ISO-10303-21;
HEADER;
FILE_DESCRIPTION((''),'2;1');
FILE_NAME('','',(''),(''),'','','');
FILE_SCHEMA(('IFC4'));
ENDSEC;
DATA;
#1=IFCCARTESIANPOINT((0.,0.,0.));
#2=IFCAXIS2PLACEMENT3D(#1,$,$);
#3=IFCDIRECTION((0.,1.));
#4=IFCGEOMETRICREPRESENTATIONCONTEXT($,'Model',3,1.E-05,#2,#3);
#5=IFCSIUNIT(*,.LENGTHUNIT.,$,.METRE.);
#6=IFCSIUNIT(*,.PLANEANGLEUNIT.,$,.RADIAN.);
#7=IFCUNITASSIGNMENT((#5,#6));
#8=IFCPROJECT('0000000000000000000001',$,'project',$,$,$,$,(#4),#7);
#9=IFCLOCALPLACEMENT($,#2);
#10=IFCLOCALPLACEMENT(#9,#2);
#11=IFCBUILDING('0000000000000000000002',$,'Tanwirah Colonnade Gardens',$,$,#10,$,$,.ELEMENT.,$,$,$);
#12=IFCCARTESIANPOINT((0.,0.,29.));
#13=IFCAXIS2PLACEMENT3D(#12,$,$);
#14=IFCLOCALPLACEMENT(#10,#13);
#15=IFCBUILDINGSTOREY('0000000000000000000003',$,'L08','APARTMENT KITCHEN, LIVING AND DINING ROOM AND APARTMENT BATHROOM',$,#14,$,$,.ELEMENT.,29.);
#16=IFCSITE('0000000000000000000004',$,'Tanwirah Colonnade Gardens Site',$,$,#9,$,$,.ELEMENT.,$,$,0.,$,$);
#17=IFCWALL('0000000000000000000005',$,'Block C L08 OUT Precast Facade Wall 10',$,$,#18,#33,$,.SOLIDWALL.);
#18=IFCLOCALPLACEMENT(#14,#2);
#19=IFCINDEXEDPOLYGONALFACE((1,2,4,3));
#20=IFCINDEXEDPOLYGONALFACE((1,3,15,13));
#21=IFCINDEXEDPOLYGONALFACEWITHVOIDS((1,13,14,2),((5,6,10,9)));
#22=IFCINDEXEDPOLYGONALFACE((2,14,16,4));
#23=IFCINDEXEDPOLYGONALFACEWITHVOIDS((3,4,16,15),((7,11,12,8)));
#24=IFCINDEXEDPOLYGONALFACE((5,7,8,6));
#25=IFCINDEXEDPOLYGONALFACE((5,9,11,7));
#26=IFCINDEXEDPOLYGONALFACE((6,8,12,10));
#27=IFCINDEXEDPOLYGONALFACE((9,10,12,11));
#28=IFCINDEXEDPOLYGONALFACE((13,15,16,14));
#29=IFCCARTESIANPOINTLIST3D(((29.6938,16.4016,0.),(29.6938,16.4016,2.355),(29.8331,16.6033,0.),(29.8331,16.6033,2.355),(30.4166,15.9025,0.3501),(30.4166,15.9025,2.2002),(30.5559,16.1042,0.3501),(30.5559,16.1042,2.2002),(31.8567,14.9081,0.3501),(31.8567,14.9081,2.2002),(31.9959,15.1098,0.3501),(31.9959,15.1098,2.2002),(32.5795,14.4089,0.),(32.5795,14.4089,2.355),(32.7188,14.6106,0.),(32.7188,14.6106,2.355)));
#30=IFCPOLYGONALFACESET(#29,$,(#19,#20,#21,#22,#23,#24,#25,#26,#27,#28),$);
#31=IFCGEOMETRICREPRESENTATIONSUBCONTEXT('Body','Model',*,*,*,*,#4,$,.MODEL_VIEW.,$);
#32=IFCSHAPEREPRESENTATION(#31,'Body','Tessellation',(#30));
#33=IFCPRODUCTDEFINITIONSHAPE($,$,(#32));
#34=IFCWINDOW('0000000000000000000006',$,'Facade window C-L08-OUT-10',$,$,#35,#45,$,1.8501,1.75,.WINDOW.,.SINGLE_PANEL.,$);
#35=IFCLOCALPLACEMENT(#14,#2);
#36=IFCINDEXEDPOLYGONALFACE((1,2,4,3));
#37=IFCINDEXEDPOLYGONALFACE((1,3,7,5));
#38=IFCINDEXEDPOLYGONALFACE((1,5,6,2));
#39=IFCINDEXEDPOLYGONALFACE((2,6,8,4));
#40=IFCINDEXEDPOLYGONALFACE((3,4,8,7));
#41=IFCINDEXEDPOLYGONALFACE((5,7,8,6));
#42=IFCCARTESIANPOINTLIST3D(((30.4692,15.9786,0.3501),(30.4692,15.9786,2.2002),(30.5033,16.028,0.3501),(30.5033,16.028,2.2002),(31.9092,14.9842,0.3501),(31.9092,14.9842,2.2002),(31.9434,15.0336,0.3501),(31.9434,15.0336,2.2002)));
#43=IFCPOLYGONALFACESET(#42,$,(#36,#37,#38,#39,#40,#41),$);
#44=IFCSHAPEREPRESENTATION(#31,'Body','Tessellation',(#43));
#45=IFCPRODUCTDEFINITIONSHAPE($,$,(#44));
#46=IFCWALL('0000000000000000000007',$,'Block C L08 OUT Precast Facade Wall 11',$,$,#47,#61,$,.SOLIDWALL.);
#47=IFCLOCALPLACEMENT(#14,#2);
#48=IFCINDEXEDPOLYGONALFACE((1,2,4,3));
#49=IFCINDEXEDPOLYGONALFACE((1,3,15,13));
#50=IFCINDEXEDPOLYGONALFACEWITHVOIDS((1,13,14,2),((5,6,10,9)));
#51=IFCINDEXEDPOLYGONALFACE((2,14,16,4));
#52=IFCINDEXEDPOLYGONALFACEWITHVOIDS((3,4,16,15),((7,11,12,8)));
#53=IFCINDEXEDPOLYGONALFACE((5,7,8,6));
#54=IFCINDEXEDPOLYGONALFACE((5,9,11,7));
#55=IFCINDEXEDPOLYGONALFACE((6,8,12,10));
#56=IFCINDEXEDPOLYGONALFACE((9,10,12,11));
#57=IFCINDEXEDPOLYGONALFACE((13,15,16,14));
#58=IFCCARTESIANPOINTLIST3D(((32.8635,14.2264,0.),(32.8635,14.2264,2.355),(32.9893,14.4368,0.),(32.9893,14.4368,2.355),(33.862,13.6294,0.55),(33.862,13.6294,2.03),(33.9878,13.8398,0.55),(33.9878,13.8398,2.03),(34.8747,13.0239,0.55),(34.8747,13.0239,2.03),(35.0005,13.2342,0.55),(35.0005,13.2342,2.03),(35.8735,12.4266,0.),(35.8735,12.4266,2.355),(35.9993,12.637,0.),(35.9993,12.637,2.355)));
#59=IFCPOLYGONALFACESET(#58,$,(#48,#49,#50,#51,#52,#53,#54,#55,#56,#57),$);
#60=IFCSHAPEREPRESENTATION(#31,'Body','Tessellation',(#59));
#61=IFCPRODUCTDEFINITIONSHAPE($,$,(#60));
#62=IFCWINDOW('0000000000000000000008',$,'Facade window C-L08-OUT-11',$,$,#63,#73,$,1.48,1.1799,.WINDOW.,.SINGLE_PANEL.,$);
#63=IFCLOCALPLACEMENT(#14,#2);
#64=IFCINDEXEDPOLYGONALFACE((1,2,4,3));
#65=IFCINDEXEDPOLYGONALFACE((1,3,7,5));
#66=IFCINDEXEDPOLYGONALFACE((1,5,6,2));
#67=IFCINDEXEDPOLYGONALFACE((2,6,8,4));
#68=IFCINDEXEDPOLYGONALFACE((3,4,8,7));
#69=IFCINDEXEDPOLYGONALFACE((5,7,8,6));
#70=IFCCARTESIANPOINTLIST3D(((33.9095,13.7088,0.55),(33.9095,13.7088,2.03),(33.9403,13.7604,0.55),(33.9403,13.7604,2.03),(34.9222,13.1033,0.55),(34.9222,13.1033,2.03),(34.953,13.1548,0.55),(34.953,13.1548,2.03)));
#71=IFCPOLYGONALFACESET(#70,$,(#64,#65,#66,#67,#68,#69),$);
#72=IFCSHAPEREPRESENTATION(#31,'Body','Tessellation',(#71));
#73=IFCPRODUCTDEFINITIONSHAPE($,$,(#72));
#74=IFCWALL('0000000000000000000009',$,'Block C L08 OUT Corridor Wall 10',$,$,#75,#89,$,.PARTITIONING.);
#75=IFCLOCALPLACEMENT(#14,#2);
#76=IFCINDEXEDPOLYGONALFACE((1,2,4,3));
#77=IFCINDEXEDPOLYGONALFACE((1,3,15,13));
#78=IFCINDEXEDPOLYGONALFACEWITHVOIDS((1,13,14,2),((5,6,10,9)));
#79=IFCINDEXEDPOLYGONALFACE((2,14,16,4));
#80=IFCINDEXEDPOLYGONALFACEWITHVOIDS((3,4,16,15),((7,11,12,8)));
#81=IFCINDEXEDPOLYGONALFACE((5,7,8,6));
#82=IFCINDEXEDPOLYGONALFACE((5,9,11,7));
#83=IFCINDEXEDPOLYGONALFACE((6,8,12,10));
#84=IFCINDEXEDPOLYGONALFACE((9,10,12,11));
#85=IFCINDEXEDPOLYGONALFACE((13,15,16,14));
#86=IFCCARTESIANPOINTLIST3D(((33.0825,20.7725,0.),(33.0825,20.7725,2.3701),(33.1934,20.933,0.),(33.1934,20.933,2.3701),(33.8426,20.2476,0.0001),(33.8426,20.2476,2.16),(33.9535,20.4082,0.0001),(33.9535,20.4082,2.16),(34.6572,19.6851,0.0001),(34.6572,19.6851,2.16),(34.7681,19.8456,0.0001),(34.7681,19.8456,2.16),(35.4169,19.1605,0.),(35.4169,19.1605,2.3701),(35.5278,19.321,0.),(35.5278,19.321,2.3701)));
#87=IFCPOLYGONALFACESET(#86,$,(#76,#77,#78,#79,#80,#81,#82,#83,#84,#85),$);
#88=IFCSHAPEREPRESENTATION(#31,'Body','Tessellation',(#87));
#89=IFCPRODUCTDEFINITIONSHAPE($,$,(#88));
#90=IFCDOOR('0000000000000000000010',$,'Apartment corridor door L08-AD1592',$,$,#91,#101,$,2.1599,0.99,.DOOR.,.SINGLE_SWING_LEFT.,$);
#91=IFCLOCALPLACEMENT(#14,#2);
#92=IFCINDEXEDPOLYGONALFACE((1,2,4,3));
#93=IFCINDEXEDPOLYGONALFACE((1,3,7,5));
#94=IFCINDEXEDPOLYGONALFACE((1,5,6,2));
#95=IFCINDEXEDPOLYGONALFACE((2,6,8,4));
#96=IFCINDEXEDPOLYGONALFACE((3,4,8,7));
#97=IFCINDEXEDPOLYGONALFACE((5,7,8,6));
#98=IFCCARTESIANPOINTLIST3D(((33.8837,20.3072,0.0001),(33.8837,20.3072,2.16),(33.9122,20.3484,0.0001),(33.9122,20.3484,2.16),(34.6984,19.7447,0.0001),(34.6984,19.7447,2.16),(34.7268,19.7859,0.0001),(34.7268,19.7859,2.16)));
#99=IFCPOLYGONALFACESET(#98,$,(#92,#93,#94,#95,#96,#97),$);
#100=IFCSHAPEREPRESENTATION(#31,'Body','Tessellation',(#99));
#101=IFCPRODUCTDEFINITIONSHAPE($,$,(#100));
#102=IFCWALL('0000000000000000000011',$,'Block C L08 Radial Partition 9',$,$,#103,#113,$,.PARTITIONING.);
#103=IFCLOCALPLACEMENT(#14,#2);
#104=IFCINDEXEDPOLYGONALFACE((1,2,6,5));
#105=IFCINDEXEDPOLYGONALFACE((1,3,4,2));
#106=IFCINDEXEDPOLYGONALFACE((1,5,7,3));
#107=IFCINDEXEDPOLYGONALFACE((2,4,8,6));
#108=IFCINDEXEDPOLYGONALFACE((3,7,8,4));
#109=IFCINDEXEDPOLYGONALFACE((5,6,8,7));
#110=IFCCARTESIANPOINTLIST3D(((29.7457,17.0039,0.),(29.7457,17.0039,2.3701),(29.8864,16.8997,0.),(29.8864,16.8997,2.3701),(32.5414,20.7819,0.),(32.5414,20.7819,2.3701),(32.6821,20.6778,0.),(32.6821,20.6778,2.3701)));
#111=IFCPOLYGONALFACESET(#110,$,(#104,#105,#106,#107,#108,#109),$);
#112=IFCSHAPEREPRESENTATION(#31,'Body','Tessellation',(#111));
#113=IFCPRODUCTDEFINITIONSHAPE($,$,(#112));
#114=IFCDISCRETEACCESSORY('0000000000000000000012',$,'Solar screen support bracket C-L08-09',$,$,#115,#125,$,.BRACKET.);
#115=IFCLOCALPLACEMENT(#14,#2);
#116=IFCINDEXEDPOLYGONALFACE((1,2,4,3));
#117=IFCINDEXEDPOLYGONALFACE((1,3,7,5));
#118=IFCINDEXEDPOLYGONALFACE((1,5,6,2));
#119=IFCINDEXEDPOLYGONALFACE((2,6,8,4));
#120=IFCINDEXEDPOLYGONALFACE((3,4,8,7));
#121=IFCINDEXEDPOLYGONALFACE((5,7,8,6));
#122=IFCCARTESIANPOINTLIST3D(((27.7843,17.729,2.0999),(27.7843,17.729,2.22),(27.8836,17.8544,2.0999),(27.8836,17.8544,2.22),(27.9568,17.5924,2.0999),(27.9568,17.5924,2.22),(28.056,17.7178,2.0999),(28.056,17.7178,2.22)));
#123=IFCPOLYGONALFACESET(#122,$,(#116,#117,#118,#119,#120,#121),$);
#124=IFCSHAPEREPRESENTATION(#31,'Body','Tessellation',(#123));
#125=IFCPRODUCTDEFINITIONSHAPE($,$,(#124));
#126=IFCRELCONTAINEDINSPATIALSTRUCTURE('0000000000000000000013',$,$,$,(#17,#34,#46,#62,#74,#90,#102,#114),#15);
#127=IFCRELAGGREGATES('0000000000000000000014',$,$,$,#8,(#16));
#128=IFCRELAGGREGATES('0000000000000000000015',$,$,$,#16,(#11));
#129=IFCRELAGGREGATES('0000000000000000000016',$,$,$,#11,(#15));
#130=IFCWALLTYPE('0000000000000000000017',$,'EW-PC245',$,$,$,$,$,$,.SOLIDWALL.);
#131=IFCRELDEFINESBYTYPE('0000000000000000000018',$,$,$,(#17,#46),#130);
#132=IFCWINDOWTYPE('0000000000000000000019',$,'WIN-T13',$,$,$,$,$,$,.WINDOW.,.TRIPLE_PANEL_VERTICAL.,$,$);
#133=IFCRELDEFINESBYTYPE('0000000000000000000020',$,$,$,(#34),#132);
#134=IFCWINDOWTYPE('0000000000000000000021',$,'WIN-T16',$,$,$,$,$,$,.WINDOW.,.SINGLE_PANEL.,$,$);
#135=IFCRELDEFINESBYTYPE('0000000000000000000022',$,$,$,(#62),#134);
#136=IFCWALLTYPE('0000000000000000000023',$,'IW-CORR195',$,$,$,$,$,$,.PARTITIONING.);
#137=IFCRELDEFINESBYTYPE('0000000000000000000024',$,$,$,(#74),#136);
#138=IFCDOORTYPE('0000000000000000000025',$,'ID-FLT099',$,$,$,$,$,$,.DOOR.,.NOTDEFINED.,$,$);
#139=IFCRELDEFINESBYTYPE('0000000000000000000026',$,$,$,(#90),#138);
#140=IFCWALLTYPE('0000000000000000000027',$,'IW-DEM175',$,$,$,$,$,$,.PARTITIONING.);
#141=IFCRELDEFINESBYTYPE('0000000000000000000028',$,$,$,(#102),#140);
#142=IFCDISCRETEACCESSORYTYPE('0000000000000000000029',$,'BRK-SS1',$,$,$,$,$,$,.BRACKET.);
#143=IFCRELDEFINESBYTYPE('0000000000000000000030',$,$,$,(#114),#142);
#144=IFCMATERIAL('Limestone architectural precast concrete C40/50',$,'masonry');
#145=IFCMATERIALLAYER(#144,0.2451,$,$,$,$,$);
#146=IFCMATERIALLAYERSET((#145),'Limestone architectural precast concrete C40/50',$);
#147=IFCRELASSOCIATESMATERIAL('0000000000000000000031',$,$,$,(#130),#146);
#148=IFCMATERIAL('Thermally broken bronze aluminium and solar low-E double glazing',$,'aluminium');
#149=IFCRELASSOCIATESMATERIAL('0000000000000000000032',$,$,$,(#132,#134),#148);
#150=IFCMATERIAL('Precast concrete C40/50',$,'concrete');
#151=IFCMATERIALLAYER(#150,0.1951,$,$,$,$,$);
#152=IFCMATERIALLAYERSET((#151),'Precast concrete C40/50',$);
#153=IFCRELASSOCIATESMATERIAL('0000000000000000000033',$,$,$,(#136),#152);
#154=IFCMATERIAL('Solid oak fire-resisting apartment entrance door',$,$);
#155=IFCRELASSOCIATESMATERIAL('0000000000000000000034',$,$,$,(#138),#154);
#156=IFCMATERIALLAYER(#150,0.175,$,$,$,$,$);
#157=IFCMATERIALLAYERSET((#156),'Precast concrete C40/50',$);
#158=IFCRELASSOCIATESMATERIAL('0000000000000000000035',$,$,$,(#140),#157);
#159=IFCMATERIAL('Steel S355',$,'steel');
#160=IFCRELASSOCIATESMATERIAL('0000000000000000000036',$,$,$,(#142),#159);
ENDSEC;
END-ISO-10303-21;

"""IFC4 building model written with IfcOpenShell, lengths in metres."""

from ifc_helpers import new_model, si_unit, direction, frame, frame_2d, origin, origin_2d, place, context, subcontext, project, spatial, rectangle, extrude, material, layer, layer_set, type_object, element, fill, save


model = new_model("IFC4")

# Units and contexts
model_context = context("Model", 3, precision=1e-05, world=origin(), true_north=direction((0.0, 1.0)))
body_context = subcontext(model_context, "Body", "Model", "MODEL_VIEW")
ifc_project = project(units=[si_unit("LENGTHUNIT", "METRE"), si_unit("PLANEANGLEUNIT", "RADIAN")], contexts=[model_context])

# Site, building, storey
site_placement = place(None, origin())
site = spatial("IfcSite", under=ifc_project, at=site_placement, Name="Tanwirah Colonnade Gardens Site", CompositionType="ELEMENT", RefElevation=0.0)
building_placement = place(site_placement, origin())
building = spatial("IfcBuilding", under=site, at=building_placement, Name="Tanwirah Colonnade Gardens", CompositionType="ELEMENT")
storey_placement = place(building_placement, frame((0.0, 0.0, 29.0)))
storey = spatial("IfcBuildingStorey", under=building, at=storey_placement, Name="L08", Description="APARTMENT KITCHEN, LIVING AND DINING ROOM AND APARTMENT BATHROOM", CompositionType="ELEMENT", Elevation=29.0)

# Shared definitions
ifc_material_1 = material(Name="Precast concrete C40/50", Category="concrete")

# Walls, openings, windows
ifc_material_2 = material(Name="Limestone architectural precast concrete C40/50", Category="masonry")
ifc_layer_1 = layer(ifc_material_2, 0.2451)
ifc_layer_set_1 = layer_set([ifc_layer_1], Name="Limestone architectural precast concrete C40/50")
wall_type_1 = type_object("IfcWallType", Name="EW-PC245", PredefinedType="SOLIDWALL", material=ifc_layer_set_1)
wall_1_placement = place(storey_placement, frame((29.7634, 16.5024, 0.0), z_axis=(0.0, 0.0, 1.0), x_axis=(0.822878, -0.568218, 0.0)))
wall_1 = element("IfcWall", 1, at=wall_1_placement, inside=storey, type_object=wall_type_1, Name="Block C L08 OUT Precast Facade Wall 10", PredefinedType="SOLIDWALL", context=body_context, shape_type="SweptSolid", body=[
    extrude(rectangle(XDim=3.5068, YDim=0.2451, at=frame_2d((1.7534, 0.0))), origin(), (0.0, 0.0, 1.0), 2.355),
])
opening_1_placement = place(wall_1_placement, frame((0.8784, 0.0, 0.3501)))
opening_1 = element("IfcOpeningElement", 2, at=opening_1_placement, cuts=wall_1, PredefinedType="OPENING", context=body_context, shape_type="SweptSolid", body=[
    extrude(rectangle(XDim=1.75, YDim=1.8501, at=frame_2d((0.875, 0.925))), frame((0.0, 0.1326, 0.0), z_axis=(0.0, -1.0, 0.0), x_axis=(1.0, 0.0, 0.0)), (0.0, 0.0, 1.0), 0.2651),
])
ifc_material_3 = material(Name="Thermally broken bronze aluminium and solar low-E double glazing", Category="aluminium")
window_type_1 = type_object("IfcWindowType", Name="WIN-T13", PartitioningType="TRIPLE_PANEL_VERTICAL", PredefinedType="WINDOW", material=ifc_material_3)
window_1_placement = place(opening_1_placement, origin())
window_1 = element("IfcWindow", 3, at=window_1_placement, inside=storey, type_object=window_type_1, Name="Facade window C-L08-OUT-10", OverallHeight=1.8501, OverallWidth=1.75, PartitioningType="SINGLE_PANEL", PredefinedType="WINDOW", context=body_context, shape_type="SweptSolid", body=[
    extrude(rectangle(XDim=1.75, YDim=1.8501, at=frame_2d((0.875, 0.925))), frame((0.0, 0.03, 0.0), z_axis=(0.0, -1.0, 0.0), x_axis=(1.0, 0.0, 0.0)), (0.0, 0.0, 1.0), 0.0601),
])
fill(opening_1, window_1)
wall_2_placement = place(storey_placement, frame((32.9265, 14.3315, 0.0), z_axis=(0.0, 0.0, 1.0), x_axis=(0.858272, -0.513195, 0.0)))
wall_2 = element("IfcWall", 4, at=wall_2_placement, inside=storey, type_object=wall_type_1, Name="Block C L08 OUT Precast Facade Wall 11", PredefinedType="SOLIDWALL", context=body_context, shape_type="SweptSolid", body=[
    extrude(rectangle(XDim=3.5071, YDim=0.2451, at=frame_2d((1.7534, 0.0))), origin(), (0.0, 0.0, 1.0), 2.355),
])
opening_2_placement = place(wall_2_placement, frame((1.1633, 0.0, 0.55)))
opening_2 = element("IfcOpeningElement", 5, at=opening_2_placement, cuts=wall_2, PredefinedType="OPENING", context=body_context, shape_type="SweptSolid", body=[
    extrude(rectangle(XDim=1.1799, YDim=1.48, at=frame_2d((0.5898, 0.74))), frame((0.0, 0.1326, 0.0), z_axis=(0.0, -1.0, 0.0), x_axis=(1.0, 0.0, 0.0)), (0.0, 0.0, 1.0), 0.2651),
])
window_type_2 = type_object("IfcWindowType", Name="WIN-T16", PartitioningType="SINGLE_PANEL", PredefinedType="WINDOW", material=ifc_material_3)
window_2_placement = place(opening_2_placement, origin())
window_2 = element("IfcWindow", 6, at=window_2_placement, inside=storey, type_object=window_type_2, Name="Facade window C-L08-OUT-11", OverallHeight=1.48, OverallWidth=1.1799, PartitioningType="SINGLE_PANEL", PredefinedType="WINDOW", context=body_context, shape_type="SweptSolid", body=[
    extrude(rectangle(XDim=1.1799, YDim=1.48, at=frame_2d((0.5898, 0.74))), frame((0.0, 0.03, 0.0), z_axis=(0.0, -1.0, 0.0), x_axis=(1.0, 0.0, 0.0)), (0.0, 0.0, 1.0), 0.0601),
])
fill(opening_2, window_2)

# Wall, opening, door
ifc_layer_2 = layer(ifc_material_1, 0.1951)
ifc_layer_set_2 = layer_set([ifc_layer_2], Name="Precast concrete C40/50")
wall_type_2 = type_object("IfcWallType", Name="IW-CORR195", PredefinedType="PARTITIONING", material=ifc_layer_set_2)
ifc_material_4 = material(Name="Solid oak fire-resisting apartment entrance door")
wall_3_placement = place(storey_placement, frame((33.1379, 20.8528, 0.0), z_axis=(0.0, 0.0, 1.0), x_axis=(0.82287, -0.56823, 0.0)))
wall_3 = element("IfcWall", 7, at=wall_3_placement, inside=storey, type_object=wall_type_2, Name="Block C L08 OUT Corridor Wall 10", PredefinedType="PARTITIONING", context=body_context, shape_type="SweptSolid", body=[
    extrude(rectangle(XDim=2.8369, YDim=0.1951, at=frame_2d((1.4185, 0.0))), origin(), (0.0, 0.0, 1.0), 2.3701),
])
opening_3_placement = place(wall_3_placement, frame((0.9236, 0.0, 0.0)))
opening_3 = element("IfcOpeningElement", 8, at=opening_3_placement, cuts=wall_3, PredefinedType="OPENING", context=body_context, shape_type="SweptSolid", body=[
    extrude(rectangle(XDim=0.99, YDim=2.1599, at=frame_2d((0.4951, 1.0801))), frame((0.0, 0.1074, 0.0), z_axis=(0.0, -1.0, 0.0), x_axis=(1.0, 0.0, 0.0)), (0.0, 0.0, 1.0), 0.2151),
])
door_type_1 = type_object("IfcDoorType", Name="ID-FLT099", OperationType="NOTDEFINED", PredefinedType="DOOR", material=ifc_material_4)
door_1_placement = place(opening_3_placement, origin())
door_1 = element("IfcDoor", 9, at=door_1_placement, inside=storey, type_object=door_type_1, Name="Apartment corridor door L08-AD1592", OperationType="SINGLE_SWING_LEFT", OverallHeight=2.1599, OverallWidth=0.99, PredefinedType="DOOR", context=body_context, shape_type="SweptSolid", body=[
    extrude(rectangle(XDim=0.99, YDim=2.1599, at=frame_2d((0.4951, 1.0801))), frame((0.0, 0.0249, 0.0), z_axis=(0.0, -1.0, 0.0), x_axis=(1.0, 0.0, 0.0)), (0.0, 0.0, 1.0), 0.05),
])
fill(opening_3, door_1)

# Wall
ifc_layer_3 = layer(ifc_material_1, 0.175)
ifc_layer_set_3 = layer_set([ifc_layer_3], Name="Precast concrete C40/50")
wall_type_3 = type_object("IfcWallType", Name="IW-DEM175", PredefinedType="PARTITIONING", material=ifc_layer_set_3)
wall_4_placement = place(storey_placement, frame((32.6118, 20.73, 0.0), z_axis=(0.0, 0.0, 1.0), x_axis=(-0.594826, -0.803854, 0.0)))
element("IfcWall", 10, at=wall_4_placement, inside=storey, type_object=wall_type_3, Name="Block C L08 Radial Partition 9", PredefinedType="PARTITIONING", context=body_context, shape_type="SweptSolid", body=[
    extrude(rectangle(XDim=4.7, YDim=0.175, at=frame_2d((2.3501, 0.0))), origin(), (0.0, 0.0, 1.0), 2.3701),
])

# Discrete accessory
ifc_material_5 = material(Name="Steel S355", Category="steel")
discrete_accessory_type = type_object("IfcDiscreteAccessoryType", Name="BRK-SS1", PredefinedType="BRACKET", material=ifc_material_5)
discrete_accessory_placement = place(storey_placement, frame((27.9202, 17.7234, 2.0999), z_axis=(0.0, 0.0, 1.0), x_axis=(0.783966, -0.620804, 0.0)))
element("IfcDiscreteAccessory", 11, at=discrete_accessory_placement, inside=storey, type_object=discrete_accessory_type, Name="Solar screen support bracket C-L08-09", PredefinedType="BRACKET", context=body_context, shape_type="SweptSolid", body=[
    extrude(rectangle(XDim=0.22, YDim=0.1599, at=origin_2d()), origin(), (0.0, 0.0, 1.0), 0.1201),
])

save(model, "model.ifc")
